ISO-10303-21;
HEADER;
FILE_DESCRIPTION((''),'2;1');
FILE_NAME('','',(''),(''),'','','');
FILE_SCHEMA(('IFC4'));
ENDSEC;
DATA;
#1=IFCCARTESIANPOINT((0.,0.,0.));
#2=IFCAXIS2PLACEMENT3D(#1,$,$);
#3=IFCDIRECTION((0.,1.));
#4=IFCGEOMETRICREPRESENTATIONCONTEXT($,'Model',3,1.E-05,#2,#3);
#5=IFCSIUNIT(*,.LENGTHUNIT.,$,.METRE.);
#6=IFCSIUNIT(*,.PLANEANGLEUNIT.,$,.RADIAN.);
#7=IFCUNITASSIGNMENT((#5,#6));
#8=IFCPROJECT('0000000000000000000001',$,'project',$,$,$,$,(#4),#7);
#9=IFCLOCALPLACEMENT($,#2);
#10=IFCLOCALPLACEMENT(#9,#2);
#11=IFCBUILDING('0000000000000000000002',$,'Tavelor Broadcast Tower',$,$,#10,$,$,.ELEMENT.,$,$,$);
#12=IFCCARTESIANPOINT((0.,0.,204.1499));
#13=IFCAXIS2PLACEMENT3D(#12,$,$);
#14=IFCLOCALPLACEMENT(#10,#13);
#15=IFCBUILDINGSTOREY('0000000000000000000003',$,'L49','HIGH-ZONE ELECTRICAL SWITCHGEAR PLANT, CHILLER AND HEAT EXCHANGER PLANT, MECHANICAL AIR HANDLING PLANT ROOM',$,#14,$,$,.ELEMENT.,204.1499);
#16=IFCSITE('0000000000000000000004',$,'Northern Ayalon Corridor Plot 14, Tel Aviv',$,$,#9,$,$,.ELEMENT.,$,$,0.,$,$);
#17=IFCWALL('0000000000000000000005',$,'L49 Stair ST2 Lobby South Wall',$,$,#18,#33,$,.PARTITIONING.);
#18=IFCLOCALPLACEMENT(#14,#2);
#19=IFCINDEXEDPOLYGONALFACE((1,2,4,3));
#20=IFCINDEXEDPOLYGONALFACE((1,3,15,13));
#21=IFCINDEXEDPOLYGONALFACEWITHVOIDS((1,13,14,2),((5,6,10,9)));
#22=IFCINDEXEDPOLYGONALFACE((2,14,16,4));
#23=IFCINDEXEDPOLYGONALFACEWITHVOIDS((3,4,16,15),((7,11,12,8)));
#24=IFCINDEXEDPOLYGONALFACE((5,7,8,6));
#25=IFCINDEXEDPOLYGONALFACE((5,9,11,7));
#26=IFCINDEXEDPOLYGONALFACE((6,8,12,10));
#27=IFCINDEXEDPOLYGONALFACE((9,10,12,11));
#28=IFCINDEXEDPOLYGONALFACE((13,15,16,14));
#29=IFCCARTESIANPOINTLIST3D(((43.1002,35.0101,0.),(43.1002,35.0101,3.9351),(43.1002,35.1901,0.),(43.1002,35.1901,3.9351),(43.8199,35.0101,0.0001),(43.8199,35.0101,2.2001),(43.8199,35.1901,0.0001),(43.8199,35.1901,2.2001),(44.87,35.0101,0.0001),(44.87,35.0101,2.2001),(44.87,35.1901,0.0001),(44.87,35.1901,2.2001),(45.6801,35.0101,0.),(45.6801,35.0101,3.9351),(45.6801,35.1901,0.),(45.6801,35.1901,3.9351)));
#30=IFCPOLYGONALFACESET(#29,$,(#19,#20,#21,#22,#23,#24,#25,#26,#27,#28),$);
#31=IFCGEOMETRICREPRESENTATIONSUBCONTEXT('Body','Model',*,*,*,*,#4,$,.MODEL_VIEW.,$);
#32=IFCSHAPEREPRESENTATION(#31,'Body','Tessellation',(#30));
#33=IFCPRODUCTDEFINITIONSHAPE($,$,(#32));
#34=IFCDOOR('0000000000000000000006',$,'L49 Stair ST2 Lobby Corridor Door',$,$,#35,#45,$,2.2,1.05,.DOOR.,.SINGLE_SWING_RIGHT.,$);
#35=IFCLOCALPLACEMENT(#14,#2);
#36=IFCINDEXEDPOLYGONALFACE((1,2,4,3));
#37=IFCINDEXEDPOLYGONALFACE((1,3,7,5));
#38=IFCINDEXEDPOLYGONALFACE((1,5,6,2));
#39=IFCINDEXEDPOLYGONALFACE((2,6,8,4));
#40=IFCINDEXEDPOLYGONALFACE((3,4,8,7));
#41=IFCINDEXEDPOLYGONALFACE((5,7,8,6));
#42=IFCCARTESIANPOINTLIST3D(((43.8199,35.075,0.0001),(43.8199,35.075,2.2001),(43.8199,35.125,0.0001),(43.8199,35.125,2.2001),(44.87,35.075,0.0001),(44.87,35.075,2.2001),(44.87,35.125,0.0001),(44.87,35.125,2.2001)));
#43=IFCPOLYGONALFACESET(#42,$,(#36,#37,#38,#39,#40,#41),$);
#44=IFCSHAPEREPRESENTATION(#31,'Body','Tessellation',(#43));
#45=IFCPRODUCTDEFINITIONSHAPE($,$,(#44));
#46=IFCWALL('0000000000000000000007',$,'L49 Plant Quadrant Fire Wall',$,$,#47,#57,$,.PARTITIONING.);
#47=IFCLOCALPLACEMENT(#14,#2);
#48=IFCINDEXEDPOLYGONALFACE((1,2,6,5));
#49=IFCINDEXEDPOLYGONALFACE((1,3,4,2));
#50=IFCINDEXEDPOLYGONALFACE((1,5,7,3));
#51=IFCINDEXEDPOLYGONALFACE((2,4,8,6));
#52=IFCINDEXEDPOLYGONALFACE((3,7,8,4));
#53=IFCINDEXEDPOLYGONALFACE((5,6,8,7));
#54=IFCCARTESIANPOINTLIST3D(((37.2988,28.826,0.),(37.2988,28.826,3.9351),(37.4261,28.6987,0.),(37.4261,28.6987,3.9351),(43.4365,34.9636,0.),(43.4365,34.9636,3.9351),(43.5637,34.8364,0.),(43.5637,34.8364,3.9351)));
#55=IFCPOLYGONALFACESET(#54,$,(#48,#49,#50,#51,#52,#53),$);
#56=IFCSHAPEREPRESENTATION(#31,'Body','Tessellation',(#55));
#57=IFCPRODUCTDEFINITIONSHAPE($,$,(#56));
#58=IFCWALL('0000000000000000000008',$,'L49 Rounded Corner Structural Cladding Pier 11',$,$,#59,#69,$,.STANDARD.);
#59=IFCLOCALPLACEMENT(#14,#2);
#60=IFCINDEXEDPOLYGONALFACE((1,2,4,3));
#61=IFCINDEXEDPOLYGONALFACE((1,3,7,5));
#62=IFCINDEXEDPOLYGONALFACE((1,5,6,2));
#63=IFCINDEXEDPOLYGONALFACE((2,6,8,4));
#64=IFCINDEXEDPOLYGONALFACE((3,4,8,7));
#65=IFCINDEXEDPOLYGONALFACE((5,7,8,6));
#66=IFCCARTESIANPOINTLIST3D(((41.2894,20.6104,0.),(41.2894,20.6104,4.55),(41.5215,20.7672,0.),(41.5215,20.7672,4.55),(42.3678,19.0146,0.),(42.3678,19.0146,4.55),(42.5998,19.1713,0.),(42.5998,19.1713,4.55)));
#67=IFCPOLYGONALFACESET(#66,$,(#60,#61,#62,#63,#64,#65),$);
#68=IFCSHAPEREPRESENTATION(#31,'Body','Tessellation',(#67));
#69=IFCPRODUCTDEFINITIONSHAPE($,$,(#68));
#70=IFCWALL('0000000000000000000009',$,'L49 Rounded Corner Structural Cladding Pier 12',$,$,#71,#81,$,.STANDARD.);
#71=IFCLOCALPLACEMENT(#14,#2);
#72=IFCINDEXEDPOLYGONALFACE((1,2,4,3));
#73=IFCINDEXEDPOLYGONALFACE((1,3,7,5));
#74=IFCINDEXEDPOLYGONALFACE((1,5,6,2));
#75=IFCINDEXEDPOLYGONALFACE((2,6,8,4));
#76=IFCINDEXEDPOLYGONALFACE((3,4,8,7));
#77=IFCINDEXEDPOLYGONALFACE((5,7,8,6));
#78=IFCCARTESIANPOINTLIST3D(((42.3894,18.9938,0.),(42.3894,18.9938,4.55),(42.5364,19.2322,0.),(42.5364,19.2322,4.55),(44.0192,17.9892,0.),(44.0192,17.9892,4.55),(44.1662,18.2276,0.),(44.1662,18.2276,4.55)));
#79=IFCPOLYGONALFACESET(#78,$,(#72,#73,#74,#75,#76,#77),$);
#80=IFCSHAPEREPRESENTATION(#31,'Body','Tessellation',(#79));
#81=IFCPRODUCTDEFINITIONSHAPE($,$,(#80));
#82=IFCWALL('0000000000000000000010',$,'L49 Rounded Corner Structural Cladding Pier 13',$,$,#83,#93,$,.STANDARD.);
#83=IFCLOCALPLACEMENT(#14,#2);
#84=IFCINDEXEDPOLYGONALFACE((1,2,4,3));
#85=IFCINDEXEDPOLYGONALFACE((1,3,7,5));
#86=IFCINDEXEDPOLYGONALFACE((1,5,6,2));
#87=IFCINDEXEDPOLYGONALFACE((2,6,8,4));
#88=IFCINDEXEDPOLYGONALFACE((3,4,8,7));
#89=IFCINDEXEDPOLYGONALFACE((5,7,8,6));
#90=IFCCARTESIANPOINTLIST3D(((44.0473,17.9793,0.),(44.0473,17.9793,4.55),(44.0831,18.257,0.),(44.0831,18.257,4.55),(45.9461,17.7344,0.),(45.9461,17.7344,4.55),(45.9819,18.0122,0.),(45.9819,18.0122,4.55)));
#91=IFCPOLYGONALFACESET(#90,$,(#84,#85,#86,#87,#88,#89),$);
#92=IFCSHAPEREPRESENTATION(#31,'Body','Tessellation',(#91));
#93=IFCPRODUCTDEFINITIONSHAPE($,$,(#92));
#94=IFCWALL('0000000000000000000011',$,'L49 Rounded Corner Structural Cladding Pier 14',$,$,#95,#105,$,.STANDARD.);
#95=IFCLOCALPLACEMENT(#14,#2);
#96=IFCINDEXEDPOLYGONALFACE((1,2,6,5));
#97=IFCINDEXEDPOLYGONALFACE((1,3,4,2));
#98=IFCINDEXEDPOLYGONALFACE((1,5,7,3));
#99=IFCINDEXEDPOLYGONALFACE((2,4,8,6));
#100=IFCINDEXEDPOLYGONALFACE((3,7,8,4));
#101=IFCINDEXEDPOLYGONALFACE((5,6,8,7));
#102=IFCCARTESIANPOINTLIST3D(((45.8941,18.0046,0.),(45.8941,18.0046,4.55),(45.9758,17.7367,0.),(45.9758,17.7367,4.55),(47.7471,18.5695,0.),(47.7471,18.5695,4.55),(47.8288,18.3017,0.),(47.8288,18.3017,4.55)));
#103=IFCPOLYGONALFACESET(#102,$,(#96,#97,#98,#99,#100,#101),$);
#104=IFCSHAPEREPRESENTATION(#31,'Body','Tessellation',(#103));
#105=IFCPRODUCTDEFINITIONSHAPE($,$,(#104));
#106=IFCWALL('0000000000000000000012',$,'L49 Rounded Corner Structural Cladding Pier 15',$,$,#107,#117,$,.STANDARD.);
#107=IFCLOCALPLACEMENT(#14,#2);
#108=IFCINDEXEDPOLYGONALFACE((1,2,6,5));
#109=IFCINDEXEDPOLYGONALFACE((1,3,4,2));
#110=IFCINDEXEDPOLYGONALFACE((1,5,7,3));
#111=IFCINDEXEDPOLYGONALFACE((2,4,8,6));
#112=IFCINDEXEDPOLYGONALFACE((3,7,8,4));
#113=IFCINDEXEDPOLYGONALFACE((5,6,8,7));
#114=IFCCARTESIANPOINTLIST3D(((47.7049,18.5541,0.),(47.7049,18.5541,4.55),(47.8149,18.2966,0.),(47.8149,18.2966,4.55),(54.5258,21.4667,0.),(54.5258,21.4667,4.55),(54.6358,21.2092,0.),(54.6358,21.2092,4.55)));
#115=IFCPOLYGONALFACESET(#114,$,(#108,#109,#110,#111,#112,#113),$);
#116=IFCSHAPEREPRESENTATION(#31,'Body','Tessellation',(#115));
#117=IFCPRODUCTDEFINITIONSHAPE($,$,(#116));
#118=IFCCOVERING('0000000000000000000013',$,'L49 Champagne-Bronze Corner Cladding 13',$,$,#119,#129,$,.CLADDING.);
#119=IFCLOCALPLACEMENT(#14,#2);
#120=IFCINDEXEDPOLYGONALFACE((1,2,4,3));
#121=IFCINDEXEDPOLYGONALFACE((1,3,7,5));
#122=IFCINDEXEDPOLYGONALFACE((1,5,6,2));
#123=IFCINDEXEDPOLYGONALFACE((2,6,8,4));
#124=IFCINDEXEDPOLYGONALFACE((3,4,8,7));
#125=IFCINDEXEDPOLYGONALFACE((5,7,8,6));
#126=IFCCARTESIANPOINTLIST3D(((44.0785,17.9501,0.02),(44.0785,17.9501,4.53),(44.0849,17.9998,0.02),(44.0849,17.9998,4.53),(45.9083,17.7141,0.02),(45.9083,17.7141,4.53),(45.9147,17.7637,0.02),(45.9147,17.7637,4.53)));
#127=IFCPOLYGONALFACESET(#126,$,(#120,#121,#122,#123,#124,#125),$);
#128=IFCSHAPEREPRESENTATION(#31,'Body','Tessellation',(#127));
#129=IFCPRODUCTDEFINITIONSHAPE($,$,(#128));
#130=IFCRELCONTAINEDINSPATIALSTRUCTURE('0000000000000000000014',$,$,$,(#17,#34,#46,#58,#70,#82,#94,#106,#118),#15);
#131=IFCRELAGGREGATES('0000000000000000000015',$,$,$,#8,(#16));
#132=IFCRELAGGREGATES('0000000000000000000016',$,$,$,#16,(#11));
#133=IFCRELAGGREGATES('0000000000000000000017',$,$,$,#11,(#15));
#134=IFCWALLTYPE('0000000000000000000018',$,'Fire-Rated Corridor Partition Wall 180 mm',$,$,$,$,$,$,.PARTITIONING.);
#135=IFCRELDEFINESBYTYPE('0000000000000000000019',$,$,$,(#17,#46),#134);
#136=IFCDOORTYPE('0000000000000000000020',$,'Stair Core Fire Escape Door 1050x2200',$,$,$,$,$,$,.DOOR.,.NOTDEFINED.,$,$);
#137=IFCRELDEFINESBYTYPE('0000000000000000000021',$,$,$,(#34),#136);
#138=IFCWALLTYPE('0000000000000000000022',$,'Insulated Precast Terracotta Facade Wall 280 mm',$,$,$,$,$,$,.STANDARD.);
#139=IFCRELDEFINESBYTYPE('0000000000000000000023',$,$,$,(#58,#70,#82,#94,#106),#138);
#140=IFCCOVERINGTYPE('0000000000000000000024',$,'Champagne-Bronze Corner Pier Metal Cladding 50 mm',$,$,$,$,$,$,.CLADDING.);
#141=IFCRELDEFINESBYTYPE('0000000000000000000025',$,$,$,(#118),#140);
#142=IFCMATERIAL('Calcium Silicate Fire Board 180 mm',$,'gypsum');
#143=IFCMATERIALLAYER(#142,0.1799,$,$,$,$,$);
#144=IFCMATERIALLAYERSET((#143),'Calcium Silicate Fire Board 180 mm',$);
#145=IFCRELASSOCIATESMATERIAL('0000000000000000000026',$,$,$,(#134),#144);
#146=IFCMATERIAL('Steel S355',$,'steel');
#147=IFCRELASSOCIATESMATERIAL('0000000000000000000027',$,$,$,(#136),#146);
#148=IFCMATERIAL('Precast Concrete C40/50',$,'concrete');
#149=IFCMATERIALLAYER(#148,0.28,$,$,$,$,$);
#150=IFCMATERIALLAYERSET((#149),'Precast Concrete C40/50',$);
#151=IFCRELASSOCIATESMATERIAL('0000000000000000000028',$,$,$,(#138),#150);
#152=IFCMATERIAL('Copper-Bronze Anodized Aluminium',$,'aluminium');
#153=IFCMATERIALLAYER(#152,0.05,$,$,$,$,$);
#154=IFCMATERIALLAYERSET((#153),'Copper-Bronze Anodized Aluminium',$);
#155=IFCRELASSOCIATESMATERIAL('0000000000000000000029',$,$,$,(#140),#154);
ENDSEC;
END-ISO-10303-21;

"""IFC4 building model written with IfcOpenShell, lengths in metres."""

from ifc_helpers import new_model, si_unit, direction, frame, frame_2d, origin, origin_2d, place, context, subcontext, project, spatial, rectangle, extrude, material, layer, layer_set, type_object, element, fill, save


model = new_model("IFC4")

# Units and contexts
model_context = context("Model", 3, precision=1e-05, world=origin(), true_north=direction((0.0, 1.0)))
body_context = subcontext(model_context, "Body", "Model", "MODEL_VIEW")
ifc_project = project(units=[si_unit("LENGTHUNIT", "METRE"), si_unit("PLANEANGLEUNIT", "RADIAN")], contexts=[model_context])

# Site, building, storey
site_placement = place(None, origin())
site = spatial("IfcSite", under=ifc_project, at=site_placement, Name="Northern Ayalon Corridor Plot 14, Tel Aviv", CompositionType="ELEMENT", RefElevation=0.0)
building_placement = place(site_placement, origin())
building = spatial("IfcBuilding", under=site, at=building_placement, Name="Tavelor Broadcast Tower", CompositionType="ELEMENT")
storey_placement = place(building_placement, frame((0.0, 0.0, 204.1499)))
storey = spatial("IfcBuildingStorey", under=building, at=storey_placement, Name="L49", Description="HIGH-ZONE ELECTRICAL SWITCHGEAR PLANT, CHILLER AND HEAT EXCHANGER PLANT, MECHANICAL AIR HANDLING PLANT ROOM", CompositionType="ELEMENT", Elevation=204.1499)

# Shared definitions
ifc_material_1 = material(Name="Steel S355", Category="steel")

# Wall, opening, door
ifc_material_2 = material(Name="Calcium Silicate Fire Board 180 mm", Category="gypsum")
ifc_layer_1 = layer(ifc_material_2, 0.1799)
ifc_layer_set_1 = layer_set([ifc_layer_1], Name="Calcium Silicate Fire Board 180 mm")
wall_type_1 = type_object("IfcWallType", Name="Fire-Rated Corridor Partition Wall 180 mm", PredefinedType="PARTITIONING", material=ifc_layer_set_1)
wall_1_placement = place(storey_placement, frame((43.1001, 35.1001, 0.0), z_axis=(0.0, 0.0, 1.0), x_axis=(1.0, 0.0, 0.0)))
wall_1 = element("IfcWall", 1, at=wall_1_placement, inside=storey, type_object=wall_type_1, Name="L49 Stair ST2 Lobby South Wall", PredefinedType="PARTITIONING", context=body_context, shape_type="SweptSolid", body=[
    extrude(rectangle(XDim=2.5798, YDim=0.1799, at=frame_2d((1.29, 0.0))), origin(), (0.0, 0.0, 1.0), 3.9351),
])
opening_placement = place(wall_1_placement, frame((0.72, 0.0, 0.0)))
opening = element("IfcOpeningElement", 2, at=opening_placement, cuts=wall_1, PredefinedType="OPENING", context=body_context, shape_type="SweptSolid", body=[
    extrude(rectangle(XDim=1.05, YDim=2.2, at=frame_2d((0.5249, 1.1001))), frame((0.0, 0.1001, 0.0), z_axis=(0.0, -1.0, 0.0), x_axis=(1.0, 0.0, 0.0)), (0.0, 0.0, 1.0), 0.2),
])
door_type = type_object("IfcDoorType", Name="Stair Core Fire Escape Door 1050x2200", OperationType="NOTDEFINED", PredefinedType="DOOR", material=ifc_material_1)
door_placement = place(opening_placement, origin())
door = element("IfcDoor", 3, at=door_placement, inside=storey, type_object=door_type, Name="L49 Stair ST2 Lobby Corridor Door", OperationType="SINGLE_SWING_RIGHT", OverallHeight=2.2, OverallWidth=1.05, PredefinedType="DOOR", context=body_context, shape_type="SweptSolid", body=[
    extrude(rectangle(XDim=1.05, YDim=2.2, at=frame_2d((0.5249, 1.1001))), frame((0.0, 0.0249, 0.0), z_axis=(0.0, -1.0, 0.0), x_axis=(1.0, 0.0, 0.0)), (0.0, 0.0, 1.0), 0.05),
])
fill(opening, door)

# Walls
wall_2_placement = place(storey_placement, frame((43.5, 34.8999, 0.0), z_axis=(0.0, 0.0, 1.0), x_axis=(-0.707107, -0.707107, 0.0)))
element("IfcWall", 4, at=wall_2_placement, inside=storey, type_object=wall_type_1, Name="L49 Plant Quadrant Fire Wall", PredefinedType="PARTITIONING", context=body_context, shape_type="SweptSolid", body=[
    extrude(rectangle(XDim=8.6799, YDim=0.1799, at=frame_2d((4.3398, 0.0))), origin(), (0.0, 0.0, 1.0), 3.9351),
])
ifc_material_3 = material(Name="Precast Concrete C40/50", Category="concrete")
ifc_layer_2 = layer(ifc_material_3, 0.28)
ifc_layer_set_2 = layer_set([ifc_layer_2], Name="Precast Concrete C40/50")
wall_type_2 = type_object("IfcWallType", Name="Insulated Precast Terracotta Facade Wall 280 mm", PredefinedType="STANDARD", material=ifc_layer_set_2)
wall_3_placement = place(storey_placement, frame((41.4055, 20.6887, 0.0), z_axis=(0.0, 0.0, 1.0), x_axis=(0.559867, -0.828583, 0.0)))
element("IfcWall", 5, at=wall_3_placement, inside=storey, type_object=wall_type_2, Name="L49 Rounded Corner Structural Cladding Pier 11", PredefinedType="STANDARD", context=body_context, shape_type="SweptSolid", body=[
    extrude(rectangle(XDim=1.926, YDim=0.28, at=frame_2d((0.9629, 0.0))), origin(), (0.0, 0.0, 1.0), 4.55),
])
for number, where, z_axis, x_axis, name in (
    (6, (42.4629, 19.113, 0.0), (0.0, 0.0, 1.0), (0.851277, -0.524716, 0.0), "L49 Rounded Corner Structural Cladding Pier 12"),
    (7, (44.0652, 18.1182, 0.0), (0.0, 0.0, 1.0), (0.991788, -0.127894, 0.0), "L49 Rounded Corner Structural Cladding Pier 13"),
):
    element("IfcWall", number, at=place(storey_placement, frame(where, z_axis=z_axis, x_axis=x_axis)), inside=storey, type_object=wall_type_2, Name=name, PredefinedType="STANDARD", context=body_context, shape_type="SweptSolid", body=[
        extrude(rectangle(XDim=1.9146, YDim=0.28, at=frame_2d((0.9573, 0.0))), origin(), (0.0, 0.0, 1.0), 4.55),
    ])
wall_4_placement = place(storey_placement, frame((45.9348, 17.8706, 0.0), z_axis=(0.0, 0.0, 1.0), x_axis=(0.956533, 0.291623, 0.0)))
element("IfcWall", 8, at=wall_4_placement, inside=storey, type_object=wall_type_2, Name="L49 Rounded Corner Structural Cladding Pier 14", PredefinedType="STANDARD", context=body_context, shape_type="SweptSolid", body=[
    extrude(rectangle(XDim=1.9373, YDim=0.28, at=frame_2d((0.9688, 0.0))), origin(), (0.0, 0.0, 1.0), 4.55),
])
wall_5_placement = place(storey_placement, frame((47.7598, 18.4253, 0.0), z_axis=(0.0, 0.0, 1.0), x_axis=(0.919662, 0.392711, 0.0)))
element("IfcWall", 9, at=wall_5_placement, inside=storey, type_object=wall_type_2, Name="L49 Rounded Corner Structural Cladding Pier 15", PredefinedType="STANDARD", context=body_context, shape_type="SweptSolid", body=[
    extrude(rectangle(XDim=7.4167, YDim=0.28, at=frame_2d((3.7085, 0.0))), origin(), (0.0, 0.0, 1.0), 4.55),
])

# Covering
ifc_material_4 = material(Name="Copper-Bronze Anodized Aluminium", Category="aluminium")
ifc_layer_3 = layer(ifc_material_4, 0.05)
ifc_layer_set_3 = layer_set([ifc_layer_3], Name="Copper-Bronze Anodized Aluminium")
covering_type = type_object("IfcCoveringType", Name="Champagne-Bronze Corner Pier Metal Cladding 50 mm", PredefinedType="CLADDING", material=ifc_layer_set_3)
covering_placement = place(storey_placement, frame((44.9966, 17.8569, 0.02), z_axis=(0.0, 0.0, 1.0), x_axis=(0.991783, -0.12793, 0.0)))
element("IfcCovering", 10, at=covering_placement, inside=storey, type_object=covering_type, Name="L49 Champagne-Bronze Corner Cladding 13", PredefinedType="CLADDING", context=body_context, shape_type="SweptSolid", body=[
    extrude(rectangle(XDim=1.845, YDim=0.05, at=origin_2d()), origin(), (0.0, 0.0, 1.0), 4.51),
])

save(model, "model.ifc")
